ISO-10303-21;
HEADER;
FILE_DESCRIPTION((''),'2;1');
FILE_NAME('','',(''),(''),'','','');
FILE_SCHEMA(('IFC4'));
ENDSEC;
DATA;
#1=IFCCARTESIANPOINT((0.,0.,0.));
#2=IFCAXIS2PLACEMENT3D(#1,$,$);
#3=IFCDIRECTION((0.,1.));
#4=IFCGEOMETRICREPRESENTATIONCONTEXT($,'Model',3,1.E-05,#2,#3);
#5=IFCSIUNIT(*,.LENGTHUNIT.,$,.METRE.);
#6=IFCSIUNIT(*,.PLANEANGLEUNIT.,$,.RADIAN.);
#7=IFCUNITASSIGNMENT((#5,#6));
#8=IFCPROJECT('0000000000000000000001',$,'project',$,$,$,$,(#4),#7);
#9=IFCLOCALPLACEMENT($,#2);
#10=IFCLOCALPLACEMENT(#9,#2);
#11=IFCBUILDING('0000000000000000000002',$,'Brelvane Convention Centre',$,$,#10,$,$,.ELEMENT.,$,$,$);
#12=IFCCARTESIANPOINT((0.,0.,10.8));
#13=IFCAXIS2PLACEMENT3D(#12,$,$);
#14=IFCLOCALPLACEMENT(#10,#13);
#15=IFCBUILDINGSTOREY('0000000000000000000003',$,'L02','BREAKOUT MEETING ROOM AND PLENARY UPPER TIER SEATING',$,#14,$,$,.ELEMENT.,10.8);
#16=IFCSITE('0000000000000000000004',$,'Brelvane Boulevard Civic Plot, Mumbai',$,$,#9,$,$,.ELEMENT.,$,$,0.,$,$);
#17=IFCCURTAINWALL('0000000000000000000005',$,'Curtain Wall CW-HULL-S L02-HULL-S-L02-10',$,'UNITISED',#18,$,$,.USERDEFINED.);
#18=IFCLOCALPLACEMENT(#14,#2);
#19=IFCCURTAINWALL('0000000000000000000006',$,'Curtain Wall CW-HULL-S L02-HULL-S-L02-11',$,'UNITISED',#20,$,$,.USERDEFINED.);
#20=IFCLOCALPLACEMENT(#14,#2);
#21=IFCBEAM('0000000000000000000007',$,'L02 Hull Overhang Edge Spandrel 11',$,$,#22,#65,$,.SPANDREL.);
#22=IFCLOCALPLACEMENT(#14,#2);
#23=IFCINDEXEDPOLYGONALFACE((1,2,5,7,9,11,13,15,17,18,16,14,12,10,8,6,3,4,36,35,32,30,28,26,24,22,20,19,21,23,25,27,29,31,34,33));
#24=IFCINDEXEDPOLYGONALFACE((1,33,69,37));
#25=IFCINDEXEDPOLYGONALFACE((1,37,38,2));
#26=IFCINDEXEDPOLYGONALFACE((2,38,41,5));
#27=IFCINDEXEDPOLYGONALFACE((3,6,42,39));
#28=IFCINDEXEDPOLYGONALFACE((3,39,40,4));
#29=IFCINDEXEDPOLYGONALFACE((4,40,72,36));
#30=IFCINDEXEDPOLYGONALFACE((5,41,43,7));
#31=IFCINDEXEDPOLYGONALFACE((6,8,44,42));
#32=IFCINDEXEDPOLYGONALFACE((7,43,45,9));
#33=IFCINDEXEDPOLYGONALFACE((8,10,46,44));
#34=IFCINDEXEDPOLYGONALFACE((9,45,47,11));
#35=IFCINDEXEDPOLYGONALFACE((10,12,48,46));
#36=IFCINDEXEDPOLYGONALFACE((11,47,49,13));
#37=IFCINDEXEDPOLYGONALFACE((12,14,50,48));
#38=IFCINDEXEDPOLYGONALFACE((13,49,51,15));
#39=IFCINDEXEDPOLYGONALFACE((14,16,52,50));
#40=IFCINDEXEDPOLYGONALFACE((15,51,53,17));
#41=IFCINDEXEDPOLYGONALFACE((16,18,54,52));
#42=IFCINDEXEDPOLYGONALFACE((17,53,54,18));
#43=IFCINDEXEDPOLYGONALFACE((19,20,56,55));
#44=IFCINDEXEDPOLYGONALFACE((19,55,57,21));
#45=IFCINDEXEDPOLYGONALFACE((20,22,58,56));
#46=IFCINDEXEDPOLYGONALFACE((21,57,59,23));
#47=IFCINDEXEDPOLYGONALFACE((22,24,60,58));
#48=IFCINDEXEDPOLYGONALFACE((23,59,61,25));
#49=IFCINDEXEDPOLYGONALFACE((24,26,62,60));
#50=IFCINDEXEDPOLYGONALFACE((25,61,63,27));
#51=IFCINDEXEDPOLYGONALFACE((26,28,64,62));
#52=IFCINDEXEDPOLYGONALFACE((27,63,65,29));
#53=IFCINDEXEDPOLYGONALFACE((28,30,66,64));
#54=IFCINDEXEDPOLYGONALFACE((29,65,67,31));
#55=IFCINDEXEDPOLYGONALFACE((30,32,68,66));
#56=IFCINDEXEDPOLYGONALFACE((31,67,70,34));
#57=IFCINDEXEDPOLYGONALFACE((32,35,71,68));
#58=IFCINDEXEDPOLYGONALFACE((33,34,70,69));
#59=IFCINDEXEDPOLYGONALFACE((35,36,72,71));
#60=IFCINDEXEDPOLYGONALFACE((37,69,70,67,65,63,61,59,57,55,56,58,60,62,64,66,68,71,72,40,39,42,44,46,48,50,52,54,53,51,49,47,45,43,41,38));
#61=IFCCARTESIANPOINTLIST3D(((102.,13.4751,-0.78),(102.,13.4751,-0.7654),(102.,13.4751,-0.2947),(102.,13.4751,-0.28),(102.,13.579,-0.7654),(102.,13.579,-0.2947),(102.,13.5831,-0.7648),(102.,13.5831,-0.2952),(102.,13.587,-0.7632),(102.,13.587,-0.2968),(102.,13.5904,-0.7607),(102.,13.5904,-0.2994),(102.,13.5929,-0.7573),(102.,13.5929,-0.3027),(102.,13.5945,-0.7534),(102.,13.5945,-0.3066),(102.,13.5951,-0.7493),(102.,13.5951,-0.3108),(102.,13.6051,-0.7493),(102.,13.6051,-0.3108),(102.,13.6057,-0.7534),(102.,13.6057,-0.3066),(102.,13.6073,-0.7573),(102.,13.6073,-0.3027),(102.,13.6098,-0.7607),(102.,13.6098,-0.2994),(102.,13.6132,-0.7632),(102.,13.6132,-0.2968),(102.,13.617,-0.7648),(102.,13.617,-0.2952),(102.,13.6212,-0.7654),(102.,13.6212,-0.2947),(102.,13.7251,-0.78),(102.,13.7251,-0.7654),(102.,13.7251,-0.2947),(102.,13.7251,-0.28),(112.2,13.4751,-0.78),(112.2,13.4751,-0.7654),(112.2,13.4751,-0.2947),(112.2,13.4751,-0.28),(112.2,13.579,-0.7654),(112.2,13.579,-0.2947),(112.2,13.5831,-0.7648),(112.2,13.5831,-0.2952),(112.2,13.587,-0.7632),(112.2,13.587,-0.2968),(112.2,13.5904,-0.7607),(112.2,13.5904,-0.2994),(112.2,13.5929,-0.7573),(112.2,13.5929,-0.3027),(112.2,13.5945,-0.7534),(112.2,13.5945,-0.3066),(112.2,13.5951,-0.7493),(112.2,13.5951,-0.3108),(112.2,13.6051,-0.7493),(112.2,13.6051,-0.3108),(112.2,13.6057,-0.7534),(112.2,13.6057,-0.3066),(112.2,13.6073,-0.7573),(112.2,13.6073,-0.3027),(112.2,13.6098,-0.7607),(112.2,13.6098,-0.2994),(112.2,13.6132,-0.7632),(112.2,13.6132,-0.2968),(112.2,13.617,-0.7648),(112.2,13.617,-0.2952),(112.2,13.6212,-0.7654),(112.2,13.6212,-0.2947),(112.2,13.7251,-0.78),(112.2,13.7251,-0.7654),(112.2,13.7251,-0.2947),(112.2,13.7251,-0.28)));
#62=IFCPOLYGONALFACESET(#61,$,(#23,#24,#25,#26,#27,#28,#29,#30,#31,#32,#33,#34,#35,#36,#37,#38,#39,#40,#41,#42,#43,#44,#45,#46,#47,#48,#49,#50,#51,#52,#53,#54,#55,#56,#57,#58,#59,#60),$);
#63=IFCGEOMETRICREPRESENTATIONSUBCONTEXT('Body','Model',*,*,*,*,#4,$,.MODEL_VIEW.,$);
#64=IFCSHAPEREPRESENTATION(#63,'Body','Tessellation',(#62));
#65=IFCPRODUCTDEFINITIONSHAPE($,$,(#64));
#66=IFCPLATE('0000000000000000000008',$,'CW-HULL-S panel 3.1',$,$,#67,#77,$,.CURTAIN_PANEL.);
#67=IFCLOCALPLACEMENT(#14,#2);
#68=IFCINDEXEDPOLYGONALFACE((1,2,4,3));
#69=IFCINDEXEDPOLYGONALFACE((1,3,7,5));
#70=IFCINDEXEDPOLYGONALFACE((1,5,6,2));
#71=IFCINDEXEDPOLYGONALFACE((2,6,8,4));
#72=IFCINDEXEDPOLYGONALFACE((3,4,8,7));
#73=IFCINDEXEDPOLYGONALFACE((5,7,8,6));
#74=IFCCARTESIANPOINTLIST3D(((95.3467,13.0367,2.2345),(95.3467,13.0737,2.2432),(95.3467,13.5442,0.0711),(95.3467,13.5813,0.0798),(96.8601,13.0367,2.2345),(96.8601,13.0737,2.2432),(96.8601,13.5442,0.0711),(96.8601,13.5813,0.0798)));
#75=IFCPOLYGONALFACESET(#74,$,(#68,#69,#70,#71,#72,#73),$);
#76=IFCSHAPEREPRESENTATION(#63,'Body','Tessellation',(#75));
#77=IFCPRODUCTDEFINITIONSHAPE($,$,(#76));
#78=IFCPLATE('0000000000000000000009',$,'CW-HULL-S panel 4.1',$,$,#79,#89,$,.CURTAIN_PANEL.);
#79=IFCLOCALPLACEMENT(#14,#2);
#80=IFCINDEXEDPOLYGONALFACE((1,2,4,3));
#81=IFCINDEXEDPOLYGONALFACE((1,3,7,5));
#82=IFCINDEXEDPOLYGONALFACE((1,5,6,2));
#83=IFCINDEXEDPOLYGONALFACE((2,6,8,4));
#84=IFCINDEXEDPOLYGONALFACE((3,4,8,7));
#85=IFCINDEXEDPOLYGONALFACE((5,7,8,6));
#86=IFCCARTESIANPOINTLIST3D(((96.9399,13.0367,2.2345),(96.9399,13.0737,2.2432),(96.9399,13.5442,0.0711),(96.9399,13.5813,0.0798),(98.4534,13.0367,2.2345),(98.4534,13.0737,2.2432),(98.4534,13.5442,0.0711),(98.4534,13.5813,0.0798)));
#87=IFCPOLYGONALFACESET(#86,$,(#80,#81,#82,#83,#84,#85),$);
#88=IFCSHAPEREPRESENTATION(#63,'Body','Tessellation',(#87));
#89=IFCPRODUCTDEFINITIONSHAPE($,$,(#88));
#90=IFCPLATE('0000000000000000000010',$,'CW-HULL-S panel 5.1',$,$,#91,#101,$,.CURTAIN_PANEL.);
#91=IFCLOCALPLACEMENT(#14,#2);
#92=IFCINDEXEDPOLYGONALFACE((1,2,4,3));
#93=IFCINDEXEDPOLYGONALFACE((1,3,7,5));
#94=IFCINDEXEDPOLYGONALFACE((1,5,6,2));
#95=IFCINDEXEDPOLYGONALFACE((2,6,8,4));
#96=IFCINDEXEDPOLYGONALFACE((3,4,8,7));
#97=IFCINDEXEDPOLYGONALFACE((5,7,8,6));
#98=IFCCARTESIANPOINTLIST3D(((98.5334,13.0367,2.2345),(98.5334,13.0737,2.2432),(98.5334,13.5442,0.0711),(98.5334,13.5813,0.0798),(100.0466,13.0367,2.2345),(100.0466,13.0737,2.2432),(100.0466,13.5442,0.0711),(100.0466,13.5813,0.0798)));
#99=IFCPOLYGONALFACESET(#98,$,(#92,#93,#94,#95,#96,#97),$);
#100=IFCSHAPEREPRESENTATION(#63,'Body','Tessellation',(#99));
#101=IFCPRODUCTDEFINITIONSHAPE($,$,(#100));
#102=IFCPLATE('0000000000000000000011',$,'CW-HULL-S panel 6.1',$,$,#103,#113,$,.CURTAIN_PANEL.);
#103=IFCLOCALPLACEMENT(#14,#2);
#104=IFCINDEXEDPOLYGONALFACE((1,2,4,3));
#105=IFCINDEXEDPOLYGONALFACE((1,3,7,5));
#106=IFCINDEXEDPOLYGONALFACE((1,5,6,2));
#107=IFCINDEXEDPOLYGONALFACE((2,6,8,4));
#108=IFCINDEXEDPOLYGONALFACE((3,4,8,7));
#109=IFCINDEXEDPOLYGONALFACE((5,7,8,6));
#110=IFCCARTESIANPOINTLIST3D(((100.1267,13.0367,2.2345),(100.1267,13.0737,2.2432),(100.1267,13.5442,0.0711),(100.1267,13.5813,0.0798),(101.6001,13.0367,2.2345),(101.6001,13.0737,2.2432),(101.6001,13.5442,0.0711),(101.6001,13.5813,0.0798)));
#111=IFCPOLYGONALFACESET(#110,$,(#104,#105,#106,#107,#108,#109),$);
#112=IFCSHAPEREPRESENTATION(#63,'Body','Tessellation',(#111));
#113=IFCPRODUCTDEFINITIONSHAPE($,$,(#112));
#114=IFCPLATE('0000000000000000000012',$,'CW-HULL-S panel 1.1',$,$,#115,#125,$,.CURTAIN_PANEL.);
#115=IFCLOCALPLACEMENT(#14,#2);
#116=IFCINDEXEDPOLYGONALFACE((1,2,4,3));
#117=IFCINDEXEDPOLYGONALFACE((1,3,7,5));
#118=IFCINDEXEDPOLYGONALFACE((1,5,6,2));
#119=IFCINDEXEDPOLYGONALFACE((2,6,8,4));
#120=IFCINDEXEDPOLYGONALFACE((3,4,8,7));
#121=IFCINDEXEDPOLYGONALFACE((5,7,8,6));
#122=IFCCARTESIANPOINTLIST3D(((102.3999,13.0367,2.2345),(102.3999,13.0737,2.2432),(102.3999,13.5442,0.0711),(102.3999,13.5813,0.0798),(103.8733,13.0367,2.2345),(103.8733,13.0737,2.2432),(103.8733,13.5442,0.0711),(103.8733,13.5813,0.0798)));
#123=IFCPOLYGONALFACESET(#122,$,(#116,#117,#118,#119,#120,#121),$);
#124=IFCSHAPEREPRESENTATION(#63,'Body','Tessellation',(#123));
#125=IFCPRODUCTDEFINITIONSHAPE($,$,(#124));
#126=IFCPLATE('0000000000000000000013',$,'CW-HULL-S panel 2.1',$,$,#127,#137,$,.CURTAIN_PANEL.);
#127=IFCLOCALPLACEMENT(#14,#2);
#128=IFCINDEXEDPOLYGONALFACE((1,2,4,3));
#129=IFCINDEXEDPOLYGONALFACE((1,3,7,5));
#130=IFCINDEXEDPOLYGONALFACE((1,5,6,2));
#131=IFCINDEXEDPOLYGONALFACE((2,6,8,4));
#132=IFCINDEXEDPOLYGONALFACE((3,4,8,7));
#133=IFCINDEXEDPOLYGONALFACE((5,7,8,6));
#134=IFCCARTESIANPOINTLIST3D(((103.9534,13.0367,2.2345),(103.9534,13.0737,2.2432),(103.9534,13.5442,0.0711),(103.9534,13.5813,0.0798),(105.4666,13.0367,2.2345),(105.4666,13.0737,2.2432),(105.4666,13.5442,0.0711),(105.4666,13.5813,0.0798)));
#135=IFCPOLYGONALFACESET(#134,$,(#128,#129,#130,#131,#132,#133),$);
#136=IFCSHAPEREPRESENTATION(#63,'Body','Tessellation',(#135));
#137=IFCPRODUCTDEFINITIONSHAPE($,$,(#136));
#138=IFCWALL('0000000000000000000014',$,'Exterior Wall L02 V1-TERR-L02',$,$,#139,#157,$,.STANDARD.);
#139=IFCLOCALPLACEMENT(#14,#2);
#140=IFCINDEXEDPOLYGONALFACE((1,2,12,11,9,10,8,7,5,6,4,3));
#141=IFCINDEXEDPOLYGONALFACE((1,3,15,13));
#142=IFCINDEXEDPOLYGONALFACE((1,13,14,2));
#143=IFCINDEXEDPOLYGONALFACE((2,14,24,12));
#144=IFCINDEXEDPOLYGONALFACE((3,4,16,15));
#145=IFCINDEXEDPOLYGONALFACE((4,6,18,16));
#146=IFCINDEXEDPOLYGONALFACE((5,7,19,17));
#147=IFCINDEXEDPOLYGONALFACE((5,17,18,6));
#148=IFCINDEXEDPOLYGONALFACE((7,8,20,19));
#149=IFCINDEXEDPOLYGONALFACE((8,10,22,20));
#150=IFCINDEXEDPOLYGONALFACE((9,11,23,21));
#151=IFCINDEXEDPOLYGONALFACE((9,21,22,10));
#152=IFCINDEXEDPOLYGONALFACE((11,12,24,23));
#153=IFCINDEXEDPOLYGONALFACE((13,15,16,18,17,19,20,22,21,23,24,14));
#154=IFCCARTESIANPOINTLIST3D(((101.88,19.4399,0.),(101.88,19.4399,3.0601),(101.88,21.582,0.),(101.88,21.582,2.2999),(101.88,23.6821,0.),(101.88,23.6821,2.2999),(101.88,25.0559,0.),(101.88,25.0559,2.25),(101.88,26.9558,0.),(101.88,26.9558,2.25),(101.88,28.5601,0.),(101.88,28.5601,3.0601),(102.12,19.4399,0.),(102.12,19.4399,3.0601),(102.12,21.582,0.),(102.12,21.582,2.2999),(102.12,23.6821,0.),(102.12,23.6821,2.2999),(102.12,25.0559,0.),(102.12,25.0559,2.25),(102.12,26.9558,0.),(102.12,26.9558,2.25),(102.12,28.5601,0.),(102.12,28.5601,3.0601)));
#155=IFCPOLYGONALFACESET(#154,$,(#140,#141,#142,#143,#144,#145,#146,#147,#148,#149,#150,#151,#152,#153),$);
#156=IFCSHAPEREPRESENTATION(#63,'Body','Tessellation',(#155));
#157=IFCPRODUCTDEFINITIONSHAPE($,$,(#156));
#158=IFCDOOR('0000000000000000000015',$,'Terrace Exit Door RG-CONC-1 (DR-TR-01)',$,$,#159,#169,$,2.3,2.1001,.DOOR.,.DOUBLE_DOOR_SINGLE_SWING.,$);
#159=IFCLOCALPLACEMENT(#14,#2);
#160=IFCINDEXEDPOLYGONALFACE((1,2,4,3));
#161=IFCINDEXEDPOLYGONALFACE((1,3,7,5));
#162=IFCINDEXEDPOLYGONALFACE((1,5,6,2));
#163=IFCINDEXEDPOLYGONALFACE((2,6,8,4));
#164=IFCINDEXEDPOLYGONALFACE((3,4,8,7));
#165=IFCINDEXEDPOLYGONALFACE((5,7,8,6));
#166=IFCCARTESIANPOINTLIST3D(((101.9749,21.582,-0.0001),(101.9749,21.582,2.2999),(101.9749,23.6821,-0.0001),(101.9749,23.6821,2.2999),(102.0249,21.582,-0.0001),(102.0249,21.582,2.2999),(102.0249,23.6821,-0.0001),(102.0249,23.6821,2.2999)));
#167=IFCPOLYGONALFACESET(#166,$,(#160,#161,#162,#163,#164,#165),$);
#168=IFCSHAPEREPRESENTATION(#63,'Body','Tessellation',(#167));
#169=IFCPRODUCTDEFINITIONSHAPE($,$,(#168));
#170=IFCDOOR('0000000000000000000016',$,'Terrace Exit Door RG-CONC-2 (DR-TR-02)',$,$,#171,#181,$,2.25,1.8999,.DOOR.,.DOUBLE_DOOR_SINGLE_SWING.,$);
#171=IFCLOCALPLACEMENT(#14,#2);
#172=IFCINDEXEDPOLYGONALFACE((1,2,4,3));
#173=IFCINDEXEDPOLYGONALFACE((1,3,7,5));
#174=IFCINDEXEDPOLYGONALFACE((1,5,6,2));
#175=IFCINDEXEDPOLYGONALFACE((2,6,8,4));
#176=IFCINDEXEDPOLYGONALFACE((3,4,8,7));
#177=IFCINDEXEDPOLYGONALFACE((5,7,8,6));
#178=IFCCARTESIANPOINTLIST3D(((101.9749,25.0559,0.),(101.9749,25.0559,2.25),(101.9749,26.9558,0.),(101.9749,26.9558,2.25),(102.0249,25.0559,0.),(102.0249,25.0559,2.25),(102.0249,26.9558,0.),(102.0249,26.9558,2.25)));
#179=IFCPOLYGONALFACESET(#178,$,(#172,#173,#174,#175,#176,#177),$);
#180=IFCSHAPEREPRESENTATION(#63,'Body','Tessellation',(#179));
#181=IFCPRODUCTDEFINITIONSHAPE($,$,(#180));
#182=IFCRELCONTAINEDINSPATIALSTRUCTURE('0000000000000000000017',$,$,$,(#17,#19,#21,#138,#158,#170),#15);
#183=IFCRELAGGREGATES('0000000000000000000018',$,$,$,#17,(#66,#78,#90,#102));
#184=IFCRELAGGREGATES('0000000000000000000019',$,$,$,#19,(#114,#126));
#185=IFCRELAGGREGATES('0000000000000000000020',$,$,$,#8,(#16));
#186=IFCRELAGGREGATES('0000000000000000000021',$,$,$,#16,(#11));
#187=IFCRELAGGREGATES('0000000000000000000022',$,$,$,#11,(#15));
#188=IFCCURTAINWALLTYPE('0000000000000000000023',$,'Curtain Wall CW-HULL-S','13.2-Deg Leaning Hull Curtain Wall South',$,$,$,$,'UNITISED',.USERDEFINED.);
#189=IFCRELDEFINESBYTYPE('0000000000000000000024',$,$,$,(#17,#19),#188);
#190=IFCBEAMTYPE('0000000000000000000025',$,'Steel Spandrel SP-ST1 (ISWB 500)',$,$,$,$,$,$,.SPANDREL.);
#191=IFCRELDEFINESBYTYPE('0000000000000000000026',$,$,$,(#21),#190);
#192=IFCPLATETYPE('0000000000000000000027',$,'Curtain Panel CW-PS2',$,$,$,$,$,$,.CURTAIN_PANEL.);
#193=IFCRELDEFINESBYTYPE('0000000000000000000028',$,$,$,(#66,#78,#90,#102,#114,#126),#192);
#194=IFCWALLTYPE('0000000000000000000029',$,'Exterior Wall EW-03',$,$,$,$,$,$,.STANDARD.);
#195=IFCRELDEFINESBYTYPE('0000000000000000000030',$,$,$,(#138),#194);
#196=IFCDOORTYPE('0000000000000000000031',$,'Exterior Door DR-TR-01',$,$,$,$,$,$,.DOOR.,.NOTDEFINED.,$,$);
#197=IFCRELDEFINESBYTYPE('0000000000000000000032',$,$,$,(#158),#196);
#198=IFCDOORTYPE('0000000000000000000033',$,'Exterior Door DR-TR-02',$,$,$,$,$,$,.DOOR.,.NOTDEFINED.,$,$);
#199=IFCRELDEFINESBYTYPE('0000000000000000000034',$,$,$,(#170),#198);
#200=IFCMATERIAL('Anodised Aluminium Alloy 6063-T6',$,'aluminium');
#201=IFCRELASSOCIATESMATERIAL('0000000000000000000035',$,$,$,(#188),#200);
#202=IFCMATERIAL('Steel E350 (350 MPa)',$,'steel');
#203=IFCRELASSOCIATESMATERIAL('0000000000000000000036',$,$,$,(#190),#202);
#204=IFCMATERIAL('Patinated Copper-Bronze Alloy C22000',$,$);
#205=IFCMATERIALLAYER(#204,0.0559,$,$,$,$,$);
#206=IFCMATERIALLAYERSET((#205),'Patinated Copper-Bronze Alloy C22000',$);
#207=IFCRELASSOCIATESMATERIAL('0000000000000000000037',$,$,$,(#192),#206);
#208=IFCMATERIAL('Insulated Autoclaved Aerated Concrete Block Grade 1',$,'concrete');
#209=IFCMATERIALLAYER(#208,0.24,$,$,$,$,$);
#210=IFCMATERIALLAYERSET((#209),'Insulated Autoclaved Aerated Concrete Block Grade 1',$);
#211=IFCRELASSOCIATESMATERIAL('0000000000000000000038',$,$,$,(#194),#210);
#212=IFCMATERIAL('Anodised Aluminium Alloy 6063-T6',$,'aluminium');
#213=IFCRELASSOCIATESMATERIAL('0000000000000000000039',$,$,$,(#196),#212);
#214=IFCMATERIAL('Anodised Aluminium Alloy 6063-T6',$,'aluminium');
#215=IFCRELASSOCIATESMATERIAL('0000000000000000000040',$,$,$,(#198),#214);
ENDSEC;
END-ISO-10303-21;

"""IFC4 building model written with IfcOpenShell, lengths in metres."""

from ifc_helpers import new_model, si_unit, direction, frame, frame_2d, origin, origin_2d, place, context, subcontext, project, spatial, polyline, rectangle, i_section, outline, extrude, material, layer, layer_set, material_profile, profile_set, type_object, element, fill, aggregate, save


model = new_model("IFC4")

# Units and contexts
model_context = context("Model", 3, precision=1e-05, world=origin(), true_north=direction((0.0, 1.0)))
body_context = subcontext(model_context, "Body", "Model", "MODEL_VIEW")
ifc_project = project(units=[si_unit("LENGTHUNIT", "METRE"), si_unit("PLANEANGLEUNIT", "RADIAN")], contexts=[model_context])

# Site, building, storey
site_placement = place(None, origin())
site = spatial("IfcSite", under=ifc_project, at=site_placement, Name="Brelvane Boulevard Civic Plot, Mumbai", CompositionType="ELEMENT", RefElevation=0.0)
building_placement = place(site_placement, origin())
building = spatial("IfcBuilding", under=site, at=building_placement, Name="Brelvane Convention Centre", CompositionType="ELEMENT")
storey_placement = place(building_placement, frame((0.0, 0.0, 10.8)))
storey = spatial("IfcBuildingStorey", under=building, at=storey_placement, Name="L02", Description="BREAKOUT MEETING ROOM AND PLENARY UPPER TIER SEATING", CompositionType="ELEMENT", Elevation=10.8)

# Curtain walls
ifc_material_1 = material(Name="Anodised Aluminium Alloy 6063-T6", Category="aluminium")
curtain_wall_type = type_object("IfcCurtainWallType", Name="Curtain Wall CW-HULL-S", Description="13.2-Deg Leaning Hull Curtain Wall South", ElementType="UNITISED", PredefinedType="USERDEFINED", material=ifc_material_1)
curtain_wall_1_placement = place(storey_placement, origin())
curtain_wall_1 = element("IfcCurtainWall", 1, at=curtain_wall_1_placement, inside=storey, type_object=curtain_wall_type, Name="Curtain Wall CW-HULL-S L02-HULL-S-L02-10", ObjectType="UNITISED", PredefinedType="USERDEFINED")
curtain_wall_2_placement = place(storey_placement, origin())
curtain_wall_2 = element("IfcCurtainWall", 2, at=curtain_wall_2_placement, inside=storey, type_object=curtain_wall_type, Name="Curtain Wall CW-HULL-S L02-HULL-S-L02-11", ObjectType="UNITISED", PredefinedType="USERDEFINED")

# Beam
ifc_material_2 = material(Name="Steel E350 (350 MPa)", Category="steel")
ifc_material_profile_1 = material_profile(ifc_material_2, i_section(OverallWidth=0.25, OverallDepth=0.5, WebThickness=0.01, FlangeThickness=0.0146, FilletRadius=0.0161, at=origin_2d()), Name="ISWB 500")
ifc_profile_set_1 = profile_set([ifc_material_profile_1], Name="Steel E350 (350 MPa)")
beam_type_1 = type_object("IfcBeamType", Name="Steel Spandrel SP-ST1 (ISWB 500)", PredefinedType="SPANDREL", material=ifc_profile_set_1)
beam_1_placement = place(storey_placement, frame((102.0, 13.6001, -0.53), z_axis=(1.0, 0.0, 0.0), x_axis=(0.0, 1.0, 0.0)))
element("IfcBeam", 3, at=beam_1_placement, inside=storey, type_object=beam_type_1, Name="L02 Hull Overhang Edge Spandrel 11", PredefinedType="SPANDREL", context=body_context, shape_type="SweptSolid", body=[
    extrude(i_section(OverallWidth=0.25, OverallDepth=0.5, WebThickness=0.01, FlangeThickness=0.0146, FilletRadius=0.0161, at=origin_2d()), origin(), (0.0, 0.0, 1.0), 10.2),
])

# Plates
ifc_material_3 = material(Name="Patinated Copper-Bronze Alloy C22000")
ifc_layer_1 = layer(ifc_material_3, 0.0559)
ifc_layer_set_1 = layer_set([ifc_layer_1], Name="Patinated Copper-Bronze Alloy C22000")
plate_type = type_object("IfcPlateType", Name="Curtain Panel CW-PS2", PredefinedType="CURTAIN_PANEL", material=ifc_layer_set_1)
plate_1_placement = place(storey_placement, frame((95.3467, 13.5813, 0.0798), z_axis=(0.0, 0.973563, 0.228421), x_axis=(1.0, 0.0, 0.0)))
plate_1 = element("IfcPlate", 4, at=plate_1_placement, type_object=plate_type, Name="CW-HULL-S panel 3.1", PredefinedType="CURTAIN_PANEL", context=body_context, shape_type="SweptSolid", body=[
    extrude(outline(polyline([(0.0, 0.0), (1.5134, 0.0), (1.5134, -2.2221), (0.0, -2.2221), (0.0, 0.0)])), origin(), (0.0, 0.0, -1.0), 0.0381),
])
plate_2_placement = place(storey_placement, frame((96.9399, 13.5813, 0.0798), z_axis=(0.0, 0.973563, 0.228421), x_axis=(1.0, 0.0, 0.0)))
plate_2 = element("IfcPlate", 5, at=plate_2_placement, type_object=plate_type, Name="CW-HULL-S panel 4.1", PredefinedType="CURTAIN_PANEL", context=body_context, shape_type="SweptSolid", body=[
    extrude(outline(polyline([(0.0, 0.0), (1.5134, 0.0), (1.5134, -2.2221), (0.0, -2.2221), (0.0, 0.0)])), origin(), (0.0, 0.0, -1.0), 0.0381),
])
plate_3_placement = place(storey_placement, frame((98.5334, 13.5813, 0.0798), z_axis=(0.0, 0.973563, 0.228421), x_axis=(1.0, 0.0, 0.0)))
plate_3 = element("IfcPlate", 6, at=plate_3_placement, type_object=plate_type, Name="CW-HULL-S panel 5.1", PredefinedType="CURTAIN_PANEL", context=body_context, shape_type="SweptSolid", body=[
    extrude(outline(polyline([(0.0, 0.0), (1.5132, 0.0), (1.5132, -2.2221), (0.0, -2.2221), (0.0, 0.0)])), origin(), (0.0, 0.0, -1.0), 0.0381),
])
plate_4_placement = place(storey_placement, frame((100.1267, 13.5813, 0.0798), z_axis=(0.0, 0.973563, 0.228421), x_axis=(1.0, 0.0, 0.0)))
plate_4 = element("IfcPlate", 7, at=plate_4_placement, type_object=plate_type, Name="CW-HULL-S panel 6.1", PredefinedType="CURTAIN_PANEL", context=body_context, shape_type="SweptSolid", body=[
    extrude(outline(polyline([(0.0, 0.0), (1.4734, 0.0), (1.4734, -2.2221), (0.0, -2.2221), (0.0, 0.0)])), origin(), (0.0, 0.0, -1.0), 0.0381),
])
aggregate(curtain_wall_1, [plate_1, plate_2, plate_3, plate_4])
plate_5_placement = place(storey_placement, frame((102.3999, 13.5813, 0.0798), z_axis=(0.0, 0.973563, 0.228421), x_axis=(1.0, 0.0, 0.0)))
plate_5 = element("IfcPlate", 8, at=plate_5_placement, type_object=plate_type, Name="CW-HULL-S panel 1.1", PredefinedType="CURTAIN_PANEL", context=body_context, shape_type="SweptSolid", body=[
    extrude(outline(polyline([(0.0, 0.0), (1.4734, 0.0), (1.4734, -2.2221), (0.0, -2.2221), (0.0, 0.0)])), origin(), (0.0, 0.0, -1.0), 0.0381),
])
plate_6_placement = place(storey_placement, frame((103.9534, 13.5813, 0.0798), z_axis=(0.0, 0.973563, 0.228421), x_axis=(1.0, 0.0, 0.0)))
plate_6 = element("IfcPlate", 9, at=plate_6_placement, type_object=plate_type, Name="CW-HULL-S panel 2.1", PredefinedType="CURTAIN_PANEL", context=body_context, shape_type="SweptSolid", body=[
    extrude(outline(polyline([(0.0, 0.0), (1.5132, 0.0), (1.5132, -2.2221), (0.0, -2.2221), (0.0, 0.0)])), origin(), (0.0, 0.0, -1.0), 0.0381),
])
aggregate(curtain_wall_2, [plate_5, plate_6])

# Wall, openings, doors
ifc_material_4 = material(Name="Insulated Autoclaved Aerated Concrete Block Grade 1", Category="concrete")
ifc_layer_2 = layer(ifc_material_4, 0.24)
ifc_layer_set_2 = layer_set([ifc_layer_2], Name="Insulated Autoclaved Aerated Concrete Block Grade 1")
wall_type = type_object("IfcWallType", Name="Exterior Wall EW-03", PredefinedType="STANDARD", material=ifc_layer_set_2)
wall_placement = place(storey_placement, frame((102.0, 19.4399, 0.0), z_axis=(0.0, 0.0, 1.0), x_axis=(0.0, 1.0, 0.0)))
wall = element("IfcWall", 10, at=wall_placement, inside=storey, type_object=wall_type, Name="Exterior Wall L02 V1-TERR-L02", PredefinedType="STANDARD", context=body_context, shape_type="SweptSolid", body=[
    extrude(rectangle(XDim=9.1201, YDim=0.24, at=frame_2d((4.5601, 0.0))), origin(), (0.0, 0.0, 1.0), 3.0601),
])
opening_1_placement = place(wall_placement, frame((2.1421, 0.0, 0.0)))
opening_1 = element("IfcOpeningElement", 11, at=opening_1_placement, cuts=wall, PredefinedType="OPENING", context=body_context, shape_type="SweptSolid", body=[
    extrude(rectangle(XDim=2.1001, YDim=2.3, at=frame_2d((1.05, 1.1499))), frame((0.0, 0.1299, 0.0), z_axis=(0.0, -1.0, 0.0), x_axis=(1.0, 0.0, 0.0)), (0.0, 0.0, 1.0), 0.26),
])
opening_2_placement = place(wall_placement, frame((5.616, 0.0, 0.0)))
opening_2 = element("IfcOpeningElement", 12, at=opening_2_placement, cuts=wall, PredefinedType="OPENING", context=body_context, shape_type="SweptSolid", body=[
    extrude(rectangle(XDim=1.8999, YDim=2.25, at=frame_2d((0.95, 1.125))), frame((0.0, 0.1299, 0.0), z_axis=(0.0, -1.0, 0.0), x_axis=(1.0, 0.0, 0.0)), (0.0, 0.0, 1.0), 0.26),
])
ifc_material_5 = material(Name="Anodised Aluminium Alloy 6063-T6", Category="aluminium")
door_type_1 = type_object("IfcDoorType", Name="Exterior Door DR-TR-01", OperationType="NOTDEFINED", PredefinedType="DOOR", material=ifc_material_5)
door_1_placement = place(opening_1_placement, frame((2.1001, 0.0, 0.0), z_axis=(0.0, 0.0, 1.0), x_axis=(-1.0, 0.0, 0.0)))
door_1 = element("IfcDoor", 13, at=door_1_placement, inside=storey, type_object=door_type_1, Name="Terrace Exit Door RG-CONC-1 (DR-TR-01)", OperationType="DOUBLE_DOOR_SINGLE_SWING", OverallHeight=2.3, OverallWidth=2.1001, PredefinedType="DOOR", context=body_context, shape_type="SweptSolid", body=[
    extrude(rectangle(XDim=2.1001, YDim=2.3, at=frame_2d((1.05, 1.1499))), frame((0.0, 0.0249, 0.0), z_axis=(0.0, -1.0, 0.0), x_axis=(1.0, 0.0, 0.0)), (0.0, 0.0, 1.0), 0.05),
])
fill(opening_1, door_1)
ifc_material_6 = material(Name="Anodised Aluminium Alloy 6063-T6", Category="aluminium")
door_type_2 = type_object("IfcDoorType", Name="Exterior Door DR-TR-02", OperationType="NOTDEFINED", PredefinedType="DOOR", material=ifc_material_6)
door_2_placement = place(opening_2_placement, frame((1.8999, 0.0, 0.0), z_axis=(0.0, 0.0, 1.0), x_axis=(-1.0, 0.0, 0.0)))
door_2 = element("IfcDoor", 14, at=door_2_placement, inside=storey, type_object=door_type_2, Name="Terrace Exit Door RG-CONC-2 (DR-TR-02)", OperationType="DOUBLE_DOOR_SINGLE_SWING", OverallHeight=2.25, OverallWidth=1.8999, PredefinedType="DOOR", context=body_context, shape_type="SweptSolid", body=[
    extrude(rectangle(XDim=1.8999, YDim=2.25, at=frame_2d((0.95, 1.125))), frame((0.0, 0.0249, 0.0), z_axis=(0.0, -1.0, 0.0), x_axis=(1.0, 0.0, 0.0)), (0.0, 0.0, 1.0), 0.05),
])
fill(opening_2, door_2)

save(model, "model.ifc")
